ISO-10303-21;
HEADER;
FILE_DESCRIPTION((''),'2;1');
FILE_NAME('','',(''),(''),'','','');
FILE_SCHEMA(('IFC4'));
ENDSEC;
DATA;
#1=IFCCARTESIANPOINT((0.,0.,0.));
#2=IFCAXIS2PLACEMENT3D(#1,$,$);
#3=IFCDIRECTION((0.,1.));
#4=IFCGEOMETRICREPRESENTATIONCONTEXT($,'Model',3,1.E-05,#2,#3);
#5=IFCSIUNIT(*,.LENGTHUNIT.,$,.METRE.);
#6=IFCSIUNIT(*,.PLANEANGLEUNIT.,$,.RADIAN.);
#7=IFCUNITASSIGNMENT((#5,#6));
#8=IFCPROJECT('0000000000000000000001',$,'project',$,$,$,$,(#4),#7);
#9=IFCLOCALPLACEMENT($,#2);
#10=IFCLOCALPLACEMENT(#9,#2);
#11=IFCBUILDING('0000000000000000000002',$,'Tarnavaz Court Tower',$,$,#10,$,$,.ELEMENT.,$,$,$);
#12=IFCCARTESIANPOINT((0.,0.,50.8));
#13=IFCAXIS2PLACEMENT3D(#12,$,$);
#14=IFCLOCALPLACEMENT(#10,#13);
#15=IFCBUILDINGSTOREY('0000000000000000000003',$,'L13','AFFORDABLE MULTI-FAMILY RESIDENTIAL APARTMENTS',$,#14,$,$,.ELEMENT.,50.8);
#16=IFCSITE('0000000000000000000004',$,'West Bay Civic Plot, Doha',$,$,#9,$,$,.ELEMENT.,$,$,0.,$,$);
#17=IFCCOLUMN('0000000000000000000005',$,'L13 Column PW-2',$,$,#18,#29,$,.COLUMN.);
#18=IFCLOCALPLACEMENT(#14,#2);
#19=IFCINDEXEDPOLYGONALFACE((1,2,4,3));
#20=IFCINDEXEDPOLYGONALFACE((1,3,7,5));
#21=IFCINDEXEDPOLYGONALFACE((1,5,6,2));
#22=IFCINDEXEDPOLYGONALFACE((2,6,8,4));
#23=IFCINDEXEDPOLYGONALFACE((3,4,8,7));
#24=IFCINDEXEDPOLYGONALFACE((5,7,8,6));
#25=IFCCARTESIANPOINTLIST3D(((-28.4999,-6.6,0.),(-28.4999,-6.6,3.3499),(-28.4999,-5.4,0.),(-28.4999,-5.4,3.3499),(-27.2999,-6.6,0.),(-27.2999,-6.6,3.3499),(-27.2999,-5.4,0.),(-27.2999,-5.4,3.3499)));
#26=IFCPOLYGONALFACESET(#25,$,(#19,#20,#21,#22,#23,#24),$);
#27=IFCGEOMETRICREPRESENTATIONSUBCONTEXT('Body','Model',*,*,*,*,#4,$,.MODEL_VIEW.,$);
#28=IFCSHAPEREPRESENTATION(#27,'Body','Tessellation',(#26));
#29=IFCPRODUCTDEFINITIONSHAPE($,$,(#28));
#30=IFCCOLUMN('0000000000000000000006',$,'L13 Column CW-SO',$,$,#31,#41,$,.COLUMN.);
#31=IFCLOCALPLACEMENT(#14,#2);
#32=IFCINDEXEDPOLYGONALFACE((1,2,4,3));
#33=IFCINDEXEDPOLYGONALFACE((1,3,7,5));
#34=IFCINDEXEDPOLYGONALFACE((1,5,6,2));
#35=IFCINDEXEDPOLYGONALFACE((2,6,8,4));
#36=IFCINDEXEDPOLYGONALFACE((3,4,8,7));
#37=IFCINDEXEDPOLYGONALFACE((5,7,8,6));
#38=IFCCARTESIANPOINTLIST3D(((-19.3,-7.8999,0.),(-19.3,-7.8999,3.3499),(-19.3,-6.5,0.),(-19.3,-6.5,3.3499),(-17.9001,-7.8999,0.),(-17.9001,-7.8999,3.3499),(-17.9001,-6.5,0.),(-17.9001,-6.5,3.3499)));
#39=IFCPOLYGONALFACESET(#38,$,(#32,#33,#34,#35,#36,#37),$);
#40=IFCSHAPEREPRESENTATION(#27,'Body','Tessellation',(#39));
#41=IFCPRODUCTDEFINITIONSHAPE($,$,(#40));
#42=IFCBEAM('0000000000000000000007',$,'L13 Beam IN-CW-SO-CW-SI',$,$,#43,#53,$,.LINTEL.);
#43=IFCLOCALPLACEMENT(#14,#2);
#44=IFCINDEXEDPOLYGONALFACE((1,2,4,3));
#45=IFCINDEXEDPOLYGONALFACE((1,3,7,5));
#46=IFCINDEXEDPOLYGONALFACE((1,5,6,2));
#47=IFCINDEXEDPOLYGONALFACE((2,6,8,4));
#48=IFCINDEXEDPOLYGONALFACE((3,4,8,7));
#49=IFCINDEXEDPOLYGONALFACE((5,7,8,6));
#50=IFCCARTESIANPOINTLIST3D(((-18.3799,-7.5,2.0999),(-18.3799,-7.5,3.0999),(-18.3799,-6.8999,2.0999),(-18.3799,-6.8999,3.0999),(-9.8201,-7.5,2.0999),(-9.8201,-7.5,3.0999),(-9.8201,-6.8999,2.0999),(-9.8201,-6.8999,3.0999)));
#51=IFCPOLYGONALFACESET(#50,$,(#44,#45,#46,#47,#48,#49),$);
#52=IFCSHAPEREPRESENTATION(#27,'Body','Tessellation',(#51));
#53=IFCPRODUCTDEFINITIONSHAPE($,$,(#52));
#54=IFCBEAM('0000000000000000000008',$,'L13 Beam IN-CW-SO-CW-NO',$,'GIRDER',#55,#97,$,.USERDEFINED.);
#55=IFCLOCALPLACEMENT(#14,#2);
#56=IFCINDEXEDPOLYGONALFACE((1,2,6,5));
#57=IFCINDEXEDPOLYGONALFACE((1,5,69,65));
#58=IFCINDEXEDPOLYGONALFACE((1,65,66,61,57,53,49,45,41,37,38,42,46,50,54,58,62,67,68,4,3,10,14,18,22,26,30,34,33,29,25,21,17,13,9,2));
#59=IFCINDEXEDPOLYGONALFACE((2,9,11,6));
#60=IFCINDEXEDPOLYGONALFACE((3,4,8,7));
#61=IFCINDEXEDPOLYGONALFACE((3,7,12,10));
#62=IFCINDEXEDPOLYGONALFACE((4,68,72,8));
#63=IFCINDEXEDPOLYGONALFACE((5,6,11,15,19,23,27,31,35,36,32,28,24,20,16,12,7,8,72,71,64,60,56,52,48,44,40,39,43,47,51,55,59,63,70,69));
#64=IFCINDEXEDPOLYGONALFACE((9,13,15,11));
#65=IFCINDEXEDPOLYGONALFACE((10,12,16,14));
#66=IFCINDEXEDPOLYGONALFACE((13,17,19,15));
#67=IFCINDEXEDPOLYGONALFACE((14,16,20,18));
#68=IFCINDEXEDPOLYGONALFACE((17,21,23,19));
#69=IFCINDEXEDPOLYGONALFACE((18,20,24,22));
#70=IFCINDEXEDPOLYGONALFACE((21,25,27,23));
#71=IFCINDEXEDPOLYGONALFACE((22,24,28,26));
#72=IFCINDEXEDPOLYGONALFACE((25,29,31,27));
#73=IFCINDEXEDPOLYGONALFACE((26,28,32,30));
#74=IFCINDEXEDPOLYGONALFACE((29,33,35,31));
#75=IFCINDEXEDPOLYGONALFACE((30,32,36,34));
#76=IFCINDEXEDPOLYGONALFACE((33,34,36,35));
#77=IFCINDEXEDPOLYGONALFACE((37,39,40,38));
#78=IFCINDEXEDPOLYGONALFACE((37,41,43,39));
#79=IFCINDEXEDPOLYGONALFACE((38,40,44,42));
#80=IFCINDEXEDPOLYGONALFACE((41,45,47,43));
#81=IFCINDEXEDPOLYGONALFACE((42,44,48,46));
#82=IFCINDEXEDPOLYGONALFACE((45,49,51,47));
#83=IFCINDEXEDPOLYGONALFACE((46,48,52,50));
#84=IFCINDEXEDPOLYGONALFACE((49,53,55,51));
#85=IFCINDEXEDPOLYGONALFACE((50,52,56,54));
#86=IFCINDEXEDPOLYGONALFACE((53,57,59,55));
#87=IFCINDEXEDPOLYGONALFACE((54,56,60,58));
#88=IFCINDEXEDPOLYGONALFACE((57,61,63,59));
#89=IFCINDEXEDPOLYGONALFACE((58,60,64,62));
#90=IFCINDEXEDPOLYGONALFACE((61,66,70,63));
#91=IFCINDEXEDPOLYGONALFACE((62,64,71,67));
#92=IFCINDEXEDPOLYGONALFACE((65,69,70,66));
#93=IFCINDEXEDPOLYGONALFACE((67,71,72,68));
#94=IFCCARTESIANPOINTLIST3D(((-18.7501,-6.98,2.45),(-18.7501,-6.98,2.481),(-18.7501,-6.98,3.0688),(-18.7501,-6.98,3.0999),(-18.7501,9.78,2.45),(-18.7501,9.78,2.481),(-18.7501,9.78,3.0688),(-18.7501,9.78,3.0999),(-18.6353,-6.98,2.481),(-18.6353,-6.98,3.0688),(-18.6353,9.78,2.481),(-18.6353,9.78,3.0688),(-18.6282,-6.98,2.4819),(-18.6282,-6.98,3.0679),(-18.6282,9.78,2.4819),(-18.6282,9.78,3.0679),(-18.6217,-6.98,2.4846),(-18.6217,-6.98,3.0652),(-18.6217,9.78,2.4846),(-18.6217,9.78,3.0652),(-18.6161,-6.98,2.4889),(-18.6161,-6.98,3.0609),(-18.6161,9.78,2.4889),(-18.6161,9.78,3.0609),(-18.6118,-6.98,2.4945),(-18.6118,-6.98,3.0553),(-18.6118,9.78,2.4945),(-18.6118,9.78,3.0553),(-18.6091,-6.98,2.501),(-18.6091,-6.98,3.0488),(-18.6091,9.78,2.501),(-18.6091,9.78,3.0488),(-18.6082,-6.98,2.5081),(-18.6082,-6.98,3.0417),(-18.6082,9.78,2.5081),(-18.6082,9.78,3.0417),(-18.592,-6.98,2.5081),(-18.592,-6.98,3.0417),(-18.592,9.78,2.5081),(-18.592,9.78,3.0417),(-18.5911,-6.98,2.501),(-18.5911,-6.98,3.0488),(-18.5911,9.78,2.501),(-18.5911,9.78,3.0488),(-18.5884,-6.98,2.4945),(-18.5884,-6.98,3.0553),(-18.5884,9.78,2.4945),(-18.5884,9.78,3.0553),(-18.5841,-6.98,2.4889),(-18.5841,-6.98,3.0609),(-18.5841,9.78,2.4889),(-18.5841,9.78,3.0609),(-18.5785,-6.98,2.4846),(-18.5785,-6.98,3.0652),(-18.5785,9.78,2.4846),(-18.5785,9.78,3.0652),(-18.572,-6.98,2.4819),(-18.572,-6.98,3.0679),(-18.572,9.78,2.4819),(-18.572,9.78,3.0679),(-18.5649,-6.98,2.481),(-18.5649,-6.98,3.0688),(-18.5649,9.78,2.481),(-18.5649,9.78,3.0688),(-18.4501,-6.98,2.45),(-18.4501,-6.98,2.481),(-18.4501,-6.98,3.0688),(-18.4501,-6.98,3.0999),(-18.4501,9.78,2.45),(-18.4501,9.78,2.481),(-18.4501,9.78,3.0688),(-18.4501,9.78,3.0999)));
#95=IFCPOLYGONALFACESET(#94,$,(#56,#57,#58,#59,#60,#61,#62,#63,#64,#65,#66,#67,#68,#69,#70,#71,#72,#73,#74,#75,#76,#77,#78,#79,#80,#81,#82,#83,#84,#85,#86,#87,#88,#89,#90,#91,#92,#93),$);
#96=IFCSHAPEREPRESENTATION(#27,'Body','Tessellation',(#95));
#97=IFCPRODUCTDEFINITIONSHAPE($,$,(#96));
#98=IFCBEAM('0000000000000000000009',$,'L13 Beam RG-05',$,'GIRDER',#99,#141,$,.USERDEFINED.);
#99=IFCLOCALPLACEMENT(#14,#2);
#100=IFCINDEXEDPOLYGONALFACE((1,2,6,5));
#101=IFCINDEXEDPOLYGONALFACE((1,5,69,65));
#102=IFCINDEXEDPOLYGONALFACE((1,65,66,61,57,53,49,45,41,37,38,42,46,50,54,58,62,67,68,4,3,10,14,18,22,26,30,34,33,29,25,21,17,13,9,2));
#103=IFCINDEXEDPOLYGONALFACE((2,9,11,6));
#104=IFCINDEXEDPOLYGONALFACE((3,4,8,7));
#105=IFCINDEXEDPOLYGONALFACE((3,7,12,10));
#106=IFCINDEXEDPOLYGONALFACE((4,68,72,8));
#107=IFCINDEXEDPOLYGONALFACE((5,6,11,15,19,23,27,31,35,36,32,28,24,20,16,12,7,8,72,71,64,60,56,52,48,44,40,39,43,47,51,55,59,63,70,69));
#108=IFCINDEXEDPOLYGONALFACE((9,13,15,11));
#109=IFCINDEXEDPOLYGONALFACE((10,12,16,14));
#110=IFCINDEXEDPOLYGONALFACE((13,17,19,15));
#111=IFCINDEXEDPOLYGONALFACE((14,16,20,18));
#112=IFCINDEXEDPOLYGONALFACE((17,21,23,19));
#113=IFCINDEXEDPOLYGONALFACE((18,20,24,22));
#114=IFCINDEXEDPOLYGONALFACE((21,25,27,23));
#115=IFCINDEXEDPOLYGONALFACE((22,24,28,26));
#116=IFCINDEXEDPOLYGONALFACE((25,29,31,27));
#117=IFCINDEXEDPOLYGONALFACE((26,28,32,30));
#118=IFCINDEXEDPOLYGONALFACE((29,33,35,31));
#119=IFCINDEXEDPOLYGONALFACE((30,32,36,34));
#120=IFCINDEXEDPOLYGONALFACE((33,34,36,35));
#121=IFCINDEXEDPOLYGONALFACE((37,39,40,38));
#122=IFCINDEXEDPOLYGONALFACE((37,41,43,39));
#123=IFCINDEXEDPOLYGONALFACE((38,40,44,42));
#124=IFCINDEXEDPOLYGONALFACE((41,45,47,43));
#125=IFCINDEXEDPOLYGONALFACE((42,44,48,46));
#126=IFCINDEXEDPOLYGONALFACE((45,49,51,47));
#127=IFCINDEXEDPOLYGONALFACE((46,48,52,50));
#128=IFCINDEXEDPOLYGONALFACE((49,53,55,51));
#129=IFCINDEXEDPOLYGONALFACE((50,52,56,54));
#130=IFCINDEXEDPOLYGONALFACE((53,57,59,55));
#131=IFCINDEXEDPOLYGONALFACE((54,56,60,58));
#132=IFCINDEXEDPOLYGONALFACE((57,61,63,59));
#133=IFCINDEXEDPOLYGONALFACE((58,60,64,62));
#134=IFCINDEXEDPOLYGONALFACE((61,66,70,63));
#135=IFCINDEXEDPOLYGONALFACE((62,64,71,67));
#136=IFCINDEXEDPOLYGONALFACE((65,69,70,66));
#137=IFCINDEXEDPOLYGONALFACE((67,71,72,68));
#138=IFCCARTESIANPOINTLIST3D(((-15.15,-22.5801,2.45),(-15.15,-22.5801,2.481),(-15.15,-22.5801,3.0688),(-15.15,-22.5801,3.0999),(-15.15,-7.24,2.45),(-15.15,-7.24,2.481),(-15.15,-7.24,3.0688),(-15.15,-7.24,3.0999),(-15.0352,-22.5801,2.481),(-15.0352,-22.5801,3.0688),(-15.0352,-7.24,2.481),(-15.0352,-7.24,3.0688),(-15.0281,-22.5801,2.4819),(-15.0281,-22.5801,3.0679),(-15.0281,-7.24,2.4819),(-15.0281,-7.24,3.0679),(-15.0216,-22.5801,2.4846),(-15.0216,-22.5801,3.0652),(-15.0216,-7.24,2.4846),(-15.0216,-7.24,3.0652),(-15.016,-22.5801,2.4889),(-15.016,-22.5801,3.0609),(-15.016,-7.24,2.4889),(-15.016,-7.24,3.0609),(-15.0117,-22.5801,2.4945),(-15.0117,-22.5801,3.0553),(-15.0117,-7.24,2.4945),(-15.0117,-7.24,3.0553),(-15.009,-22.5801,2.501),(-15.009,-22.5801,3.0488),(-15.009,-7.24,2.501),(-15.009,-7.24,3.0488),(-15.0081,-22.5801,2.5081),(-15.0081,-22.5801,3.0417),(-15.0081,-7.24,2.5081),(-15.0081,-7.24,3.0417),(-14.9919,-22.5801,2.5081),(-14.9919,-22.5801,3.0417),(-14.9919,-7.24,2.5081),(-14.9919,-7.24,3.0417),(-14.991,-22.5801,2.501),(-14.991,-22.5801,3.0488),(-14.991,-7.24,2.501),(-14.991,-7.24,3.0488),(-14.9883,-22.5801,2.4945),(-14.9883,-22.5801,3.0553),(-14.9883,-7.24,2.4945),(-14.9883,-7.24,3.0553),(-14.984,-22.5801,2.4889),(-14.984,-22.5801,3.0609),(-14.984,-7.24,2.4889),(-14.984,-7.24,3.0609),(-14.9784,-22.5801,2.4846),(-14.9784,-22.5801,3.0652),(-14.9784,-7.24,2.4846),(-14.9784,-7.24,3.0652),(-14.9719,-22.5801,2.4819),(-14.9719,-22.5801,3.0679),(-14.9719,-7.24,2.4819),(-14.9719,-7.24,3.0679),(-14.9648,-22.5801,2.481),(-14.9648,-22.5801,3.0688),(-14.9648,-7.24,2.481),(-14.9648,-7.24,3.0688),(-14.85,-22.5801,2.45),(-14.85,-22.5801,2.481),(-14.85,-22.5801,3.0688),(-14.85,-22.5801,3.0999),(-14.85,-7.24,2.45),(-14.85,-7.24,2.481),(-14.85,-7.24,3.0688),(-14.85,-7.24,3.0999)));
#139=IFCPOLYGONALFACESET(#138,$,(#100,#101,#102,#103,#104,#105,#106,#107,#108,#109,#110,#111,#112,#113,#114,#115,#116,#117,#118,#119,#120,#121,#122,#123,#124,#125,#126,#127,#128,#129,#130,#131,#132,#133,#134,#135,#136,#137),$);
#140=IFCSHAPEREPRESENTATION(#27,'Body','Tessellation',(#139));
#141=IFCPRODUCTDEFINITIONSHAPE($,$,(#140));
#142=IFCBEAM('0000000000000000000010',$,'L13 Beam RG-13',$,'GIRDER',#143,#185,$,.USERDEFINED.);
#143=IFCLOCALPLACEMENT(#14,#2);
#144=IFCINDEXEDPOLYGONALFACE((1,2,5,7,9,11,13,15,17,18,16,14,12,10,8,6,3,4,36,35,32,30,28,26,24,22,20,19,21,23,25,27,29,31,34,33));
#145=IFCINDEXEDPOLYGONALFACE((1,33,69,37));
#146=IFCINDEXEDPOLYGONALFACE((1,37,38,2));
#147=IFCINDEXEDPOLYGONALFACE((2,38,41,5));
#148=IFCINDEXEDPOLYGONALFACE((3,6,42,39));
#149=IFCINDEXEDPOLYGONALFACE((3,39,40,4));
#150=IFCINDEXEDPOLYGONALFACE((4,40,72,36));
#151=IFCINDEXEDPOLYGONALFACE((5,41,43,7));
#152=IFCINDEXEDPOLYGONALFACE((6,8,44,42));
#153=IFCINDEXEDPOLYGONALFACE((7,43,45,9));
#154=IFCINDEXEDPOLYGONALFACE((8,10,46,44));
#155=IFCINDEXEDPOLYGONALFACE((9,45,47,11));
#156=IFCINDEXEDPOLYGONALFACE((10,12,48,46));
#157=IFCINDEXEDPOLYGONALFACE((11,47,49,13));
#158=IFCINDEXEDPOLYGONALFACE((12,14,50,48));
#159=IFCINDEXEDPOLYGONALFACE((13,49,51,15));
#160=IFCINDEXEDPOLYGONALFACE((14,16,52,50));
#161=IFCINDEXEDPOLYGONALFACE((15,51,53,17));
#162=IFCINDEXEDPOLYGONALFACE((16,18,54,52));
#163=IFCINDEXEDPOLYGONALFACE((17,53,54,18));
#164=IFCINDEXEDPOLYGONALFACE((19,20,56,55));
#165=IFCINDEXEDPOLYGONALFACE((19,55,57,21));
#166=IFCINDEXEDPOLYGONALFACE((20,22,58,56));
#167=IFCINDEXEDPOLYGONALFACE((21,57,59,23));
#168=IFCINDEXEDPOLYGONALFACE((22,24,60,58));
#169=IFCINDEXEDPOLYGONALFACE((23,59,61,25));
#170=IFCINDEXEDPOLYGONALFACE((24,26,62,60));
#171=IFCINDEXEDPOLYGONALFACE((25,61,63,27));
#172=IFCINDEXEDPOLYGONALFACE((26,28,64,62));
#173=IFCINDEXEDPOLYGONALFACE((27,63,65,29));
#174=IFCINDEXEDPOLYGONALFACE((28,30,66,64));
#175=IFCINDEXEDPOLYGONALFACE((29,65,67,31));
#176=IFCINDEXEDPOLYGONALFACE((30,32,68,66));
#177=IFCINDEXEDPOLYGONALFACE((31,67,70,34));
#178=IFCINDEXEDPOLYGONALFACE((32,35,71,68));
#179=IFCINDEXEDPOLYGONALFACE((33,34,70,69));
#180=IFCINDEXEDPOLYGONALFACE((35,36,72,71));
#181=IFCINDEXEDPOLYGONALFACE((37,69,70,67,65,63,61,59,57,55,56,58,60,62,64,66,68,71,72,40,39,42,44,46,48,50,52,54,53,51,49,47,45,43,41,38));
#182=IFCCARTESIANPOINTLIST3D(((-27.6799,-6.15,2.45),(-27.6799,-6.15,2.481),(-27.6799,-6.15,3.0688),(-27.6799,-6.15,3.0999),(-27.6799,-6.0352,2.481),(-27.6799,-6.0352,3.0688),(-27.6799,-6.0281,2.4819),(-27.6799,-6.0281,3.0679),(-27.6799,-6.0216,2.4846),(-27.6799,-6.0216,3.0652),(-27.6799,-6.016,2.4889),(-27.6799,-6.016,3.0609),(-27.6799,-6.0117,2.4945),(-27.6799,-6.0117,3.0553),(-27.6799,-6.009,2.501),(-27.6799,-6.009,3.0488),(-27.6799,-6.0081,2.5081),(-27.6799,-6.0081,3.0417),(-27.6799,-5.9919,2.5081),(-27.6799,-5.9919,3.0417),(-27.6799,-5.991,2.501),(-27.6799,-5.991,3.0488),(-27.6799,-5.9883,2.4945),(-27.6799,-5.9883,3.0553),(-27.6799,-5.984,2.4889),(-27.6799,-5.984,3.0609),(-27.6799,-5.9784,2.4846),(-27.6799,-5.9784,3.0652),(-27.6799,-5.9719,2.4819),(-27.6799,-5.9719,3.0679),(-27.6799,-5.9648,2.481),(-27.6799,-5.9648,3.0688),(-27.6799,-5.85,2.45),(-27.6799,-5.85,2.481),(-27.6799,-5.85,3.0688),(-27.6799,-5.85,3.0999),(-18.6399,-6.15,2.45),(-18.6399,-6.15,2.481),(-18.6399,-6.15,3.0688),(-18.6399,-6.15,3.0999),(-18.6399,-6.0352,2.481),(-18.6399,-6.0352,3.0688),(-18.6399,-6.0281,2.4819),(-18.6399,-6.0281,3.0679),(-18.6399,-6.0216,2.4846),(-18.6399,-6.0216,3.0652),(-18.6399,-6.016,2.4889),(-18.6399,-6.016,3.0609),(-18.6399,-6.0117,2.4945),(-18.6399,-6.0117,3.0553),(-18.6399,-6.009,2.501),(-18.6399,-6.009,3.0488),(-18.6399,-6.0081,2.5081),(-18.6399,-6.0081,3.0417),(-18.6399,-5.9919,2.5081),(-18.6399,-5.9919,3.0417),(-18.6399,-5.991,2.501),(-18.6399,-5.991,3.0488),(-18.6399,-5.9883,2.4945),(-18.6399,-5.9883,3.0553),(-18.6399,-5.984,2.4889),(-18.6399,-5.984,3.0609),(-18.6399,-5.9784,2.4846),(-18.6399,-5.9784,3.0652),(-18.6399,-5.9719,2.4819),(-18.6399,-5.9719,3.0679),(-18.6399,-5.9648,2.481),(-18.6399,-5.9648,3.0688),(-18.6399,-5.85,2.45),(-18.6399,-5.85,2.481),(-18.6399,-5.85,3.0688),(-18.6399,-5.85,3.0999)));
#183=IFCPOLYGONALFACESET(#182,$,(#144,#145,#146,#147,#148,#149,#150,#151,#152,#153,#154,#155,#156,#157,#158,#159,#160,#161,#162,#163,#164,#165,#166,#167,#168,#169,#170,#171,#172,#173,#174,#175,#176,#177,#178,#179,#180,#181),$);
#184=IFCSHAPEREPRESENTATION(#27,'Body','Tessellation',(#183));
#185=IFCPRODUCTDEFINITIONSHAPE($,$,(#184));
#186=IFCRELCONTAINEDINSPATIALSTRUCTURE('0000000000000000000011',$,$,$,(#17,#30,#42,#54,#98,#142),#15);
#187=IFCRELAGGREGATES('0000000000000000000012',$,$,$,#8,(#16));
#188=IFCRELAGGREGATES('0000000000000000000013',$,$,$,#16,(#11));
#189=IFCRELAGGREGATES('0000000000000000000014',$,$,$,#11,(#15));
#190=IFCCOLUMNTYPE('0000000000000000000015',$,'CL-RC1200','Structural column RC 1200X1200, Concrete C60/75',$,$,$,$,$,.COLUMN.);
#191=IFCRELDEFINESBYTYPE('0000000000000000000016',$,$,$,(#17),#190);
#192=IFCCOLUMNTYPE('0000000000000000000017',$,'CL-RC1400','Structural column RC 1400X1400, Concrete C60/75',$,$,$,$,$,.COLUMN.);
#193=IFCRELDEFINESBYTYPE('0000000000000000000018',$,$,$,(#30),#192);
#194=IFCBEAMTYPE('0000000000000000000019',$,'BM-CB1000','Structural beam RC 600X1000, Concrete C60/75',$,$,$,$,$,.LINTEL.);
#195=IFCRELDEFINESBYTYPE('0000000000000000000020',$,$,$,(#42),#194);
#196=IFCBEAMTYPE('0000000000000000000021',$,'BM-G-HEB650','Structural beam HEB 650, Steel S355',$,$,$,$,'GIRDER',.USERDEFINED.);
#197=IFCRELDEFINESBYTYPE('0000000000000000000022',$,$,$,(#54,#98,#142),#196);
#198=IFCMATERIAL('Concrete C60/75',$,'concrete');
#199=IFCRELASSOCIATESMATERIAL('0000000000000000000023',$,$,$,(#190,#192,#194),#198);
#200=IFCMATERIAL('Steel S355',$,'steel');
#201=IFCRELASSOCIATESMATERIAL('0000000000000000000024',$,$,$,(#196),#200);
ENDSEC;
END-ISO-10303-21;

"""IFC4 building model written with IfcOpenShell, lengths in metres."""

from ifc_helpers import new_model, si_unit, direction, frame, origin, origin_2d, place, context, subcontext, project, spatial, rectangle, i_section, extrude, material, material_profile, profile_set, type_object, element, save


model = new_model("IFC4")

# Units and contexts
model_context = context("Model", 3, precision=1e-05, world=origin(), true_north=direction((0.0, 1.0)))
body_context = subcontext(model_context, "Body", "Model", "MODEL_VIEW")
ifc_project = project(units=[si_unit("LENGTHUNIT", "METRE"), si_unit("PLANEANGLEUNIT", "RADIAN")], contexts=[model_context])

# Site, building, storey
site_placement = place(None, origin())
site = spatial("IfcSite", under=ifc_project, at=site_placement, Name="West Bay Civic Plot, Doha", CompositionType="ELEMENT", RefElevation=0.0)
building_placement = place(site_placement, origin())
building = spatial("IfcBuilding", under=site, at=building_placement, Name="Tarnavaz Court Tower", CompositionType="ELEMENT")
storey_placement = place(building_placement, frame((0.0, 0.0, 50.8)))
storey = spatial("IfcBuildingStorey", under=building, at=storey_placement, Name="L13", Description="AFFORDABLE MULTI-FAMILY RESIDENTIAL APARTMENTS", CompositionType="ELEMENT", Elevation=50.8)

# Columns
ifc_material_1 = material(Name="Concrete C60/75", Category="concrete")
ifc_material_profile_1 = material_profile(ifc_material_1, rectangle(XDim=1.2, YDim=1.2, at=origin_2d()), Name="RC 1200X1200")
ifc_profile_set_1 = profile_set([ifc_material_profile_1], Name="Concrete C60/75")
column_type_1 = type_object("IfcColumnType", Name="CL-RC1200", Description="Structural column RC 1200X1200, Concrete C60/75", PredefinedType="COLUMN", material=ifc_profile_set_1)
column_1_placement = place(storey_placement, frame((-27.8999, -6.0, 0.0), z_axis=(0.0, 0.0, 1.0), x_axis=(1.0, 0.0, 0.0)))
element("IfcColumn", 1, at=column_1_placement, inside=storey, type_object=column_type_1, Name="L13 Column PW-2", PredefinedType="COLUMN", context=body_context, shape_type="SweptSolid", body=[
    extrude(rectangle(XDim=1.2, YDim=1.2, at=origin_2d()), origin(), (0.0, 0.0, 1.0), 3.3499),
])
ifc_material_profile_2 = material_profile(ifc_material_1, rectangle(XDim=1.3999, YDim=1.3999, at=origin_2d()), Name="RC 1400X1400")
ifc_profile_set_2 = profile_set([ifc_material_profile_2], Name="Concrete C60/75")
column_type_2 = type_object("IfcColumnType", Name="CL-RC1400", Description="Structural column RC 1400X1400, Concrete C60/75", PredefinedType="COLUMN", material=ifc_profile_set_2)
column_2_placement = place(storey_placement, frame((-18.6001, -7.2, 0.0), z_axis=(0.0, 0.0, 1.0), x_axis=(1.0, 0.0, 0.0)))
element("IfcColumn", 2, at=column_2_placement, inside=storey, type_object=column_type_2, Name="L13 Column CW-SO", PredefinedType="COLUMN", context=body_context, shape_type="SweptSolid", body=[
    extrude(rectangle(XDim=1.3999, YDim=1.3999, at=origin_2d()), origin(), (0.0, 0.0, 1.0), 3.3499),
])

# Beams
ifc_material_profile_3 = material_profile(ifc_material_1, rectangle(XDim=0.6001, YDim=1.0, at=origin_2d()), Name="RC 600X1000")
ifc_profile_set_3 = profile_set([ifc_material_profile_3], Name="Concrete C60/75")
beam_type_1 = type_object("IfcBeamType", Name="BM-CB1000", Description="Structural beam RC 600X1000, Concrete C60/75", PredefinedType="LINTEL", material=ifc_profile_set_3)
beam_1_placement = place(storey_placement, frame((-18.3799, -7.2, 2.5999), z_axis=(1.0, 0.0, 0.0), x_axis=(0.0, 1.0, 0.0)))
element("IfcBeam", 3, at=beam_1_placement, inside=storey, type_object=beam_type_1, Name="L13 Beam IN-CW-SO-CW-SI", PredefinedType="LINTEL", context=body_context, shape_type="SweptSolid", body=[
    extrude(rectangle(XDim=0.6001, YDim=1.0, at=origin_2d()), origin(), (0.0, 0.0, 1.0), 8.5598),
])
ifc_material_2 = material(Name="Steel S355", Category="steel")
ifc_material_profile_4 = material_profile(ifc_material_2, i_section(OverallWidth=0.3, OverallDepth=0.6499, WebThickness=0.0161, FlangeThickness=0.031, FilletRadius=0.0271, at=origin_2d()), Name="HEB 650")
ifc_profile_set_4 = profile_set([ifc_material_profile_4], Name="Steel S355")
beam_type_2 = type_object("IfcBeamType", Name="BM-G-HEB650", Description="Structural beam HEB 650, Steel S355", ElementType="GIRDER", PredefinedType="USERDEFINED", material=ifc_profile_set_4)
beam_2_placement = place(storey_placement, frame((-18.6001, -6.98, 2.7749), z_axis=(0.0, 1.0, 0.0), x_axis=(-1.0, 0.0, 0.0)))
element("IfcBeam", 4, at=beam_2_placement, inside=storey, type_object=beam_type_2, Name="L13 Beam IN-CW-SO-CW-NO", ObjectType="GIRDER", PredefinedType="USERDEFINED", context=body_context, shape_type="SweptSolid", body=[
    extrude(i_section(OverallWidth=0.3, OverallDepth=0.6499, WebThickness=0.0161, FlangeThickness=0.031, FilletRadius=0.0271, at=origin_2d()), origin(), (0.0, 0.0, 1.0), 16.76),
])
beam_3_placement = place(storey_placement, frame((-15.0, -7.24, 2.7749), z_axis=(0.0, -1.0, 0.0), x_axis=(1.0, 0.0, 0.0)))
element("IfcBeam", 5, at=beam_3_placement, inside=storey, type_object=beam_type_2, Name="L13 Beam RG-05", ObjectType="GIRDER", PredefinedType="USERDEFINED", context=body_context, shape_type="SweptSolid", body=[
    extrude(i_section(OverallWidth=0.3, OverallDepth=0.6499, WebThickness=0.0161, FlangeThickness=0.031, FilletRadius=0.0271, at=origin_2d()), origin(), (0.0, 0.0, 1.0), 15.3401),
])
beam_4_placement = place(storey_placement, frame((-18.6399, -6.0, 2.7749), z_axis=(-1.0, 0.0, 0.0), x_axis=(0.0, -1.0, 0.0)))
element("IfcBeam", 6, at=beam_4_placement, inside=storey, type_object=beam_type_2, Name="L13 Beam RG-13", ObjectType="GIRDER", PredefinedType="USERDEFINED", context=body_context, shape_type="SweptSolid", body=[
    extrude(i_section(OverallWidth=0.3, OverallDepth=0.6499, WebThickness=0.0161, FlangeThickness=0.031, FilletRadius=0.0271, at=origin_2d()), origin(), (0.0, 0.0, 1.0), 9.04),
])

save(model, "model.ifc")
